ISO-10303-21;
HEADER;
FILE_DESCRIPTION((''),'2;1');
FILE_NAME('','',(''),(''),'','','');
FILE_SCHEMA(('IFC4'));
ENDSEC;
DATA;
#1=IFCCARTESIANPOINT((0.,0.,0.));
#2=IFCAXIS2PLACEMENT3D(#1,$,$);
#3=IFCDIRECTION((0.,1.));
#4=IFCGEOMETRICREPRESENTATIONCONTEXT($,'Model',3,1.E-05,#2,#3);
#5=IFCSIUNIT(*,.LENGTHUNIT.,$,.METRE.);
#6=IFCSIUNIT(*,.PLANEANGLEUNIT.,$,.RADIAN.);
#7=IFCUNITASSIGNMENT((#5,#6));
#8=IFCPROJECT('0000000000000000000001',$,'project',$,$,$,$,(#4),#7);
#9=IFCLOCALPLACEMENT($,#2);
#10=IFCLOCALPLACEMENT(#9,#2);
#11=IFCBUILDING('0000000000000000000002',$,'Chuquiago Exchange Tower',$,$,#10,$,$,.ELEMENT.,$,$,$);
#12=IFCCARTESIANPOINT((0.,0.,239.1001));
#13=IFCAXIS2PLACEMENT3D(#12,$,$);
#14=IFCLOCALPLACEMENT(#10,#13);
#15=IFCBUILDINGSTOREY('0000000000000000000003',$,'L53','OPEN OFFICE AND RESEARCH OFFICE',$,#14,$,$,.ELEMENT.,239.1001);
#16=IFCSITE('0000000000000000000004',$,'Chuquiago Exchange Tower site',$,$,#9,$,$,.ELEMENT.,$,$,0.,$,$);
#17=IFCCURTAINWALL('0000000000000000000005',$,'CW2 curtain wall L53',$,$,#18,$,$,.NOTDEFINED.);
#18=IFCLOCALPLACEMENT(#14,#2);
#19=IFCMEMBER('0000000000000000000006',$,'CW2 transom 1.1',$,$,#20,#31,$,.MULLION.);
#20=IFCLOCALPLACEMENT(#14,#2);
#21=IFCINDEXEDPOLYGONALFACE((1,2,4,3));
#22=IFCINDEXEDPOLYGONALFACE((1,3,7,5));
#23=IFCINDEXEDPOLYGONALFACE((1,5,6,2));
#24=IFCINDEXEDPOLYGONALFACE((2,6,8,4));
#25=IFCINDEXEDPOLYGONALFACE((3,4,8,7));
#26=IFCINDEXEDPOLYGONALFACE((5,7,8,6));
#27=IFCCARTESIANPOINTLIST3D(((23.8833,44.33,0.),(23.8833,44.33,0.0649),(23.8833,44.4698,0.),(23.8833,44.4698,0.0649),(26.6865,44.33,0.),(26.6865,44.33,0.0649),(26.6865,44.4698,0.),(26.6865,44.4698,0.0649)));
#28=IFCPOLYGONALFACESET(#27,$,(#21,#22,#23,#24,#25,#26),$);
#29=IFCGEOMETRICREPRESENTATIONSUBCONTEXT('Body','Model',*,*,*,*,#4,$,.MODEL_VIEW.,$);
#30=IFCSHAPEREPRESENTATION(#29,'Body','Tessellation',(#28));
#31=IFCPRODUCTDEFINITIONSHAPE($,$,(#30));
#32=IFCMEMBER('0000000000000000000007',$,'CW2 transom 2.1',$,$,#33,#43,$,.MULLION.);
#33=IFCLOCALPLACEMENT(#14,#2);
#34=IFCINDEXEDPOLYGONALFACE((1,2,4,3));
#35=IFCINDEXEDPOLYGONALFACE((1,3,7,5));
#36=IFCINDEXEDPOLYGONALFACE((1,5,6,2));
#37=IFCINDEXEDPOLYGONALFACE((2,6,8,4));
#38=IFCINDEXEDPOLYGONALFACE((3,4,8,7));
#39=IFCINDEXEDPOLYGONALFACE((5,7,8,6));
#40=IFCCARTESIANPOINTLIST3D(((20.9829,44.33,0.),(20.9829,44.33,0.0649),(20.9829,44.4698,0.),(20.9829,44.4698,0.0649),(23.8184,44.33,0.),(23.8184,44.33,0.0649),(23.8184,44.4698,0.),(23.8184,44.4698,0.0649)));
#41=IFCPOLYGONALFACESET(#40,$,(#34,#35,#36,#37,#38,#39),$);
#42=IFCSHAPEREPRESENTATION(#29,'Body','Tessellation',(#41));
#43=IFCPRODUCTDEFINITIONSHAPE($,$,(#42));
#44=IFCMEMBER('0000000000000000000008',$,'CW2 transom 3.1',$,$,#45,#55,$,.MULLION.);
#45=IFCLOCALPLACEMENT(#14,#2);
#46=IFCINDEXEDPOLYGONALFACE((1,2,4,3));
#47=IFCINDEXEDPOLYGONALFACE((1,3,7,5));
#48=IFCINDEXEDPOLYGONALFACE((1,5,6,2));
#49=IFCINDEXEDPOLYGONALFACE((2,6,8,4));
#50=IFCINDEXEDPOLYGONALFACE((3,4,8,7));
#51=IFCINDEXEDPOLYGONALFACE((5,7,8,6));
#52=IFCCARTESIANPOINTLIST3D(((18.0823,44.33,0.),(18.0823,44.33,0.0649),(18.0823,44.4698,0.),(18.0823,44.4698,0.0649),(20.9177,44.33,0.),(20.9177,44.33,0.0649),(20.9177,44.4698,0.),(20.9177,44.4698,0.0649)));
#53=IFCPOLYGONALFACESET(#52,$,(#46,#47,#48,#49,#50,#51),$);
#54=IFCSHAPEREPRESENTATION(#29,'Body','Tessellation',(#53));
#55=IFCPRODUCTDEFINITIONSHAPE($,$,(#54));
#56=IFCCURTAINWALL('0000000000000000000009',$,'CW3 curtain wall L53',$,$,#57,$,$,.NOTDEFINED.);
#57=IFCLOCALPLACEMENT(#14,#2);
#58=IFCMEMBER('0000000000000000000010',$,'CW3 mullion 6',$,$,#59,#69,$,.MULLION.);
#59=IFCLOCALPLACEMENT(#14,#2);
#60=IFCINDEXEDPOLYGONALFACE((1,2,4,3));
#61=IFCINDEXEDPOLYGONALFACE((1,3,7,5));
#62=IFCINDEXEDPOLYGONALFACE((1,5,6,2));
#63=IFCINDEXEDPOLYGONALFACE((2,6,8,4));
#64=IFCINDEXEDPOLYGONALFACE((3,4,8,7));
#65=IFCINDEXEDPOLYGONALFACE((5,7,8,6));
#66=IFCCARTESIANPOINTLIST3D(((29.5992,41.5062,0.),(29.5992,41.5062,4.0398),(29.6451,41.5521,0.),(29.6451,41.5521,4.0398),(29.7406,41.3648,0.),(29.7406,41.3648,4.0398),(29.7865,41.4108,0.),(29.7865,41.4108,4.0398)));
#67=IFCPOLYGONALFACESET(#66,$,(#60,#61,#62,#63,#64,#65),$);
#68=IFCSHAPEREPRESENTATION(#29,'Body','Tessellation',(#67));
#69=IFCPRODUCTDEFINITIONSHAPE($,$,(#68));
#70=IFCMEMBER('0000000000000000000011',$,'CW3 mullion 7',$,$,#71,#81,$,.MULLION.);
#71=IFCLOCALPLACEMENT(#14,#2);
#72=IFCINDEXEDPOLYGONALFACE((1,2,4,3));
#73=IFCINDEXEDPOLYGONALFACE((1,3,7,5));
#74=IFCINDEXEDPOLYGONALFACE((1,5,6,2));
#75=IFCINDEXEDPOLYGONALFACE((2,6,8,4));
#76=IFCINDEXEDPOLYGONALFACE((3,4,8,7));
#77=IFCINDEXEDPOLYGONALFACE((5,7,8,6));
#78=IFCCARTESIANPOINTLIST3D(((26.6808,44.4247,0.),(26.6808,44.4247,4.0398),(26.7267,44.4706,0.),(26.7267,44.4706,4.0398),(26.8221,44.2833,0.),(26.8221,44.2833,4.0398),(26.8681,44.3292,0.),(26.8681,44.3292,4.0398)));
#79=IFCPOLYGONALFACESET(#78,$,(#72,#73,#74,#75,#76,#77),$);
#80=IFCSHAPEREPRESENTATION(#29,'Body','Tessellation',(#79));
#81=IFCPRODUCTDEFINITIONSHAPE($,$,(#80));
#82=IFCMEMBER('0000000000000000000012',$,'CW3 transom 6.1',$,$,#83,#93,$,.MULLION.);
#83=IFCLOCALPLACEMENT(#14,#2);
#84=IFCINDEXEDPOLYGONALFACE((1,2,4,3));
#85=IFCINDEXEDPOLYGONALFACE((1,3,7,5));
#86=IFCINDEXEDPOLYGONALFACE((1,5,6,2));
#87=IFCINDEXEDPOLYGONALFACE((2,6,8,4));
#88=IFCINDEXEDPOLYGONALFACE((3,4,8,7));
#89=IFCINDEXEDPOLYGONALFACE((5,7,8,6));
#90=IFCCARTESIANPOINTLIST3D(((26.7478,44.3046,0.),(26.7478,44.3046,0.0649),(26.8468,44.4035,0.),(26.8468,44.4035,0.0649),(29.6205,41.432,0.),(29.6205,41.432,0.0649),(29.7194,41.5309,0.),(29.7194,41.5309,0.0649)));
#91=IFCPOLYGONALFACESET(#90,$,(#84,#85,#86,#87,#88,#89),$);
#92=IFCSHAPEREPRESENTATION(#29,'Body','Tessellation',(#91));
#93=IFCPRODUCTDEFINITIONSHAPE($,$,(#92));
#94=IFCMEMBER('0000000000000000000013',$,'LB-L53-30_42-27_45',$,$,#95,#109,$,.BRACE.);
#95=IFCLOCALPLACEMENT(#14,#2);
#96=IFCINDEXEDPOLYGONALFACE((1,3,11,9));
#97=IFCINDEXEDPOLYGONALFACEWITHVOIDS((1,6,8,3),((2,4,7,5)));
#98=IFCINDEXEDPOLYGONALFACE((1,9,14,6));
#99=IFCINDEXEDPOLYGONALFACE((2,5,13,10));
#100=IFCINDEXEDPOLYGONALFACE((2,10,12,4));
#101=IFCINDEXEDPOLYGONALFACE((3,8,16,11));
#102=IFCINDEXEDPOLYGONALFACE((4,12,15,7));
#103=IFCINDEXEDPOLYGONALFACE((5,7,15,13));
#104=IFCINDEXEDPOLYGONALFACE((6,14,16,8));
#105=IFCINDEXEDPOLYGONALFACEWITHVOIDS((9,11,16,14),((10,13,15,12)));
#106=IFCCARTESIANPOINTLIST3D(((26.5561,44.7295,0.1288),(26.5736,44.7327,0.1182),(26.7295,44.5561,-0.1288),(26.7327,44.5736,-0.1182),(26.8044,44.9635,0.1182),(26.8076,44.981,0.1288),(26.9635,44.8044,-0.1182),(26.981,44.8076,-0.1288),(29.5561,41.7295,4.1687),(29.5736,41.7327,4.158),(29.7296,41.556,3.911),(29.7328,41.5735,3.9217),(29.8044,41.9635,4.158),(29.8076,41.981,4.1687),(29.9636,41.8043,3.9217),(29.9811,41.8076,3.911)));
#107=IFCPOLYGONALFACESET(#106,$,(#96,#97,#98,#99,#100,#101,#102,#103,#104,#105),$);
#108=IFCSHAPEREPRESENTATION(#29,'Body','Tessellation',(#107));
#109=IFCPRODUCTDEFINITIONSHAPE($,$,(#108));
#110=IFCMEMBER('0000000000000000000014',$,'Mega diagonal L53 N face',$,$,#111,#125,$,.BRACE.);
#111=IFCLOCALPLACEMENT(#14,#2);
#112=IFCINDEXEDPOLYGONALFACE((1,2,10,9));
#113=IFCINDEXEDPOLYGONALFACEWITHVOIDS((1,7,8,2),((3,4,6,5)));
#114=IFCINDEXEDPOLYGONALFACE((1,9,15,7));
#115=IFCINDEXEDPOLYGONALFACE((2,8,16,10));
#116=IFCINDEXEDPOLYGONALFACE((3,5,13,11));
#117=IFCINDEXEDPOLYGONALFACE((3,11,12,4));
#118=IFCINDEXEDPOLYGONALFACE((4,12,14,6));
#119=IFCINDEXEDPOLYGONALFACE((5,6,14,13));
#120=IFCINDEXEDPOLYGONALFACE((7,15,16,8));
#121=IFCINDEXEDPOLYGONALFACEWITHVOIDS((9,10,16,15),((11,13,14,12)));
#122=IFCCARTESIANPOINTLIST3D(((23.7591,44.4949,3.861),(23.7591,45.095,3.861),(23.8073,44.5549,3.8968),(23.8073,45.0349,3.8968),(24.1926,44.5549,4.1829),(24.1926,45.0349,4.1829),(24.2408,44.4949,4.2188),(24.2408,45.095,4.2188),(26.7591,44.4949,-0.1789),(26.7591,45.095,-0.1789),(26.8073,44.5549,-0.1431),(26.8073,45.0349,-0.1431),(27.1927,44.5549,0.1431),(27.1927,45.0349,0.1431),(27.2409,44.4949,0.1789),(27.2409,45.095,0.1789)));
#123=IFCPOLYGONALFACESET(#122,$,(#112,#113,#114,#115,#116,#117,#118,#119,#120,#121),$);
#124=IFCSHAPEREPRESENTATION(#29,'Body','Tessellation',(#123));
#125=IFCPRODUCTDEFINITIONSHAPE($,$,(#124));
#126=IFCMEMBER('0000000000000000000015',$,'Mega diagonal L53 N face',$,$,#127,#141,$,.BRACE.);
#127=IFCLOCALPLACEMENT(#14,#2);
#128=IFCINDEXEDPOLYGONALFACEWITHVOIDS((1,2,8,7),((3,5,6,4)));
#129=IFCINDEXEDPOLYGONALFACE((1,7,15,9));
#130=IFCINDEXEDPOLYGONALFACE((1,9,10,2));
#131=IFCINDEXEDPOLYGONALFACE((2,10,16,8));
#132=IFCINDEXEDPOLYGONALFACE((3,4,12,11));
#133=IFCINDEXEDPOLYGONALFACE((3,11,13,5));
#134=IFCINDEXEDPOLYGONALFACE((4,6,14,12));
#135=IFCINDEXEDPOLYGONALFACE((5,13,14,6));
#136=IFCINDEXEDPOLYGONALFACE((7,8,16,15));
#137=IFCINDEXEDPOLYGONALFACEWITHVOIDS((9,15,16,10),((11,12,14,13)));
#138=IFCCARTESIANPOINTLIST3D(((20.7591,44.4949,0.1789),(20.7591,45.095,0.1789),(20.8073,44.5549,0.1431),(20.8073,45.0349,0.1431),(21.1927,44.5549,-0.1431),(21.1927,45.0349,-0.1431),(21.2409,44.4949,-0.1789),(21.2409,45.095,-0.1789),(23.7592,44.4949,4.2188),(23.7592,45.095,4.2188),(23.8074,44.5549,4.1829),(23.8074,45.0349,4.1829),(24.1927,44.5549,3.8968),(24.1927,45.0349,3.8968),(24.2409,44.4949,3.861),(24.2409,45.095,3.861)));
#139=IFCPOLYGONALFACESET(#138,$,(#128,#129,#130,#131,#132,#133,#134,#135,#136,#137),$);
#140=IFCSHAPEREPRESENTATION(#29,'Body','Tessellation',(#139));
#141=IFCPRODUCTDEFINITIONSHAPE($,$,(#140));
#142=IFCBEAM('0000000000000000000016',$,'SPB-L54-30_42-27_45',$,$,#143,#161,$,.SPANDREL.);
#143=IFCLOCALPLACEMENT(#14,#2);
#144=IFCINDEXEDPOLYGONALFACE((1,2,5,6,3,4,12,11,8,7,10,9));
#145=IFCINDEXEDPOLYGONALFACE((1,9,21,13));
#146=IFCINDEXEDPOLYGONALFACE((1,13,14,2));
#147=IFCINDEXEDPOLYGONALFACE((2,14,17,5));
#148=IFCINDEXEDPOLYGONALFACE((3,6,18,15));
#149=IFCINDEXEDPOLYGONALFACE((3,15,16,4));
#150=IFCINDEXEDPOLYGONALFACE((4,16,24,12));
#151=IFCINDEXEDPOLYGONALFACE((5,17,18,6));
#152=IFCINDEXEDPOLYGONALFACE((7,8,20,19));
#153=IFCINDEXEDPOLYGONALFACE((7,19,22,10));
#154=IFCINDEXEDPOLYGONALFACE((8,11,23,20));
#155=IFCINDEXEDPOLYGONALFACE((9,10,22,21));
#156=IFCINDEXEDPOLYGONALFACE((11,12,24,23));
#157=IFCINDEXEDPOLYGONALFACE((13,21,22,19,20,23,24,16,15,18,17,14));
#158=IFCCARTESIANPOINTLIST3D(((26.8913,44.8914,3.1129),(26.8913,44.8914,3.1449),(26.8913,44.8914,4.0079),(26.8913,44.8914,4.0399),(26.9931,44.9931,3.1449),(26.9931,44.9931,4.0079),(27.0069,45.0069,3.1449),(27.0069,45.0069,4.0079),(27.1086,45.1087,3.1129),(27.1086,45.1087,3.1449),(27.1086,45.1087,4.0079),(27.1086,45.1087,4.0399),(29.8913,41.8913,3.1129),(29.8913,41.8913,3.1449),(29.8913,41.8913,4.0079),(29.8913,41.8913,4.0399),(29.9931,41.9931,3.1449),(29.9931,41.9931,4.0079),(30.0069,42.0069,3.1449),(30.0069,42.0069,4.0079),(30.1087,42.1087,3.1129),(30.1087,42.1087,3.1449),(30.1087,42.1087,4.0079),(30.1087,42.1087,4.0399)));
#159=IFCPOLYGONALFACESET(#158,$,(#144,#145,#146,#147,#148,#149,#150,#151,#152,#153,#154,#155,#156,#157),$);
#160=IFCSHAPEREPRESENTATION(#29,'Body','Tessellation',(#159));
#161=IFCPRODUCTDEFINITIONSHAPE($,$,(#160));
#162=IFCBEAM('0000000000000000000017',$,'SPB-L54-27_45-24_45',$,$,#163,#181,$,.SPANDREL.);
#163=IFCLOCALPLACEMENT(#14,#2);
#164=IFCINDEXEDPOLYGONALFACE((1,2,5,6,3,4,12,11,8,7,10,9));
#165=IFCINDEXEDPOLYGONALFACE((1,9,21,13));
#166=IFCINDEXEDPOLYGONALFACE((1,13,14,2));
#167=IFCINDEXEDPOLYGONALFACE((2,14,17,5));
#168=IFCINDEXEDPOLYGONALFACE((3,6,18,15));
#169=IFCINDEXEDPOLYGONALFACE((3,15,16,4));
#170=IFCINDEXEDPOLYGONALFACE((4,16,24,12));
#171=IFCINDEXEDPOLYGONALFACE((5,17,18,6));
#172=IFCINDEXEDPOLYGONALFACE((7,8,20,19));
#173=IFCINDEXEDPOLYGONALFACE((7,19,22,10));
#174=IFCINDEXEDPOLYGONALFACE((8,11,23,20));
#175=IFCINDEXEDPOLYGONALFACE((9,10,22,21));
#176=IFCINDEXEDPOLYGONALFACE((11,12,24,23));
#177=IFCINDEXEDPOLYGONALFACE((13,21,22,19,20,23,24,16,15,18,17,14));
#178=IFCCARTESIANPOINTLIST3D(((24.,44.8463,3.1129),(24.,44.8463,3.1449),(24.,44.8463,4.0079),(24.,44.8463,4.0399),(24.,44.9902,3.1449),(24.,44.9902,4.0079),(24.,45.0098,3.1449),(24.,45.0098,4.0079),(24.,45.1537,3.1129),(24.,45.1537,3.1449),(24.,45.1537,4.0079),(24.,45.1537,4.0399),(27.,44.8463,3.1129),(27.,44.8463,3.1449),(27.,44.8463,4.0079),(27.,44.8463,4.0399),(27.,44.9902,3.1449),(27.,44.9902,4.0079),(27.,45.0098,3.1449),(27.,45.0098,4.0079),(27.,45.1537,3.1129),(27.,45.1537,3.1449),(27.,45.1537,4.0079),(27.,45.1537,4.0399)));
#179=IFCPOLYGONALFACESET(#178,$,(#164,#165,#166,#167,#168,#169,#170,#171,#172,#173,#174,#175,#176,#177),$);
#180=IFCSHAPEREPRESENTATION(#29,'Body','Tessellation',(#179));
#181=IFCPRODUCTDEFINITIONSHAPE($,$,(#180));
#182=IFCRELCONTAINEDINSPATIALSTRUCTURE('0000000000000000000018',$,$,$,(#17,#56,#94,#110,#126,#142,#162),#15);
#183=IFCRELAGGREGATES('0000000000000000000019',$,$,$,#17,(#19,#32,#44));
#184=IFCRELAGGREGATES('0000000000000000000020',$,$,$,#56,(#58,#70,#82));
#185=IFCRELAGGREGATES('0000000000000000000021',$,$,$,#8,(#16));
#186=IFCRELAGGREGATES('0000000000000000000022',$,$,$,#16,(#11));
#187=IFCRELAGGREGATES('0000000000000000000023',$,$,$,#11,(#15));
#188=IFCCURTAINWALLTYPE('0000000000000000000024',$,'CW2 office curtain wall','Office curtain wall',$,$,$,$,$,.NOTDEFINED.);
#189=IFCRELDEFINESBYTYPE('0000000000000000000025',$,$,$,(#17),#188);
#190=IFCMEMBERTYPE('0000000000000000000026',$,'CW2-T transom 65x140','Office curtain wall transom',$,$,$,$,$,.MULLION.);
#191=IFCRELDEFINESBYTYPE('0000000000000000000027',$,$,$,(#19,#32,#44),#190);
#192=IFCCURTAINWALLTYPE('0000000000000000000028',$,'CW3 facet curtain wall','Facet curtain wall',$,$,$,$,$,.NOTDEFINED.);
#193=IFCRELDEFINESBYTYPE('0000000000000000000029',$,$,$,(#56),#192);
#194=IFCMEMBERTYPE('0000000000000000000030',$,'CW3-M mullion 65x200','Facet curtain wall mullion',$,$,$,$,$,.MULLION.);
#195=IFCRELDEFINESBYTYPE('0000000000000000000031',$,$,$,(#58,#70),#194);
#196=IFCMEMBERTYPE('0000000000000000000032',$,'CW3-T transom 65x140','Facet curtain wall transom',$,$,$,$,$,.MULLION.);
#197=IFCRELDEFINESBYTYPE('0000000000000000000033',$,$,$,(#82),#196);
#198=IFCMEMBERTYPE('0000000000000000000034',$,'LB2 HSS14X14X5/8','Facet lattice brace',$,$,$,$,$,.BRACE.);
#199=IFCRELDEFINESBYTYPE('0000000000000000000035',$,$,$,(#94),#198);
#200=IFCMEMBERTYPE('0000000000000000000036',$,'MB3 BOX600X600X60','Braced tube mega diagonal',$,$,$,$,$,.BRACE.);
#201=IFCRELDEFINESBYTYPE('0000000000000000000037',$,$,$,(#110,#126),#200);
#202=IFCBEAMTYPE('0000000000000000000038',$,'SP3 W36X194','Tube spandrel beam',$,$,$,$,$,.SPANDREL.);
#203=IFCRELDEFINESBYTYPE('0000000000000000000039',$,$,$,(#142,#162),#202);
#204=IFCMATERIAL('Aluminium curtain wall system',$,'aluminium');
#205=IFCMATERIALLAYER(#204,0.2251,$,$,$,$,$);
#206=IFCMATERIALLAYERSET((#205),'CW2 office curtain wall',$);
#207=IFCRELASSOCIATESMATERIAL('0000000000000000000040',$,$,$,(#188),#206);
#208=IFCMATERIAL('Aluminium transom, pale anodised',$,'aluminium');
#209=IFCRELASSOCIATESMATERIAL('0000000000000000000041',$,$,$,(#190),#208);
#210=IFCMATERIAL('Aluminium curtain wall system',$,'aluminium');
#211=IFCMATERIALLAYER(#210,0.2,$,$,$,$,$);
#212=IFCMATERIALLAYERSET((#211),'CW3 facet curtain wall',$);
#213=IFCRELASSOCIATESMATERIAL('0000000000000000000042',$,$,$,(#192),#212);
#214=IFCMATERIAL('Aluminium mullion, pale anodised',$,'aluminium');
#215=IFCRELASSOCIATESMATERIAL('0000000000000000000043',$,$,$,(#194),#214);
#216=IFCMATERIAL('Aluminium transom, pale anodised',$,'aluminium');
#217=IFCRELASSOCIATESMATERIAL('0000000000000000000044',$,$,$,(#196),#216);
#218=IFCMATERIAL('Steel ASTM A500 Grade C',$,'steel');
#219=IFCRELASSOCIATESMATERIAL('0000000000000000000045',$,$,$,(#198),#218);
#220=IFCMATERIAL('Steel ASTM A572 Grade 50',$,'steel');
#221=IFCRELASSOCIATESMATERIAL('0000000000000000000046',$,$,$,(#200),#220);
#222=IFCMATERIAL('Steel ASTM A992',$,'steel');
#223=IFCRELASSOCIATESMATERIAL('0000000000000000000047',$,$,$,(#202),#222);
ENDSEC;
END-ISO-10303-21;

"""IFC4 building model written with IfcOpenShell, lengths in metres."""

from ifc_helpers import new_model, si_unit, direction, frame, origin, origin_2d, place, context, subcontext, project, spatial, rectangle, hollow_rectangle, i_section, extrude, material, layer, layer_set, material_profile, profile_set, type_object, element, aggregate, save


model = new_model("IFC4")

# Units and contexts
model_context = context("Model", 3, precision=1e-05, world=origin(), true_north=direction((0.0, 1.0)))
body_context = subcontext(model_context, "Body", "Model", "MODEL_VIEW")
ifc_project = project(units=[si_unit("LENGTHUNIT", "METRE"), si_unit("PLANEANGLEUNIT", "RADIAN")], contexts=[model_context])

# Site, building, storey
site_placement = place(None, origin())
site = spatial("IfcSite", under=ifc_project, at=site_placement, Name="Chuquiago Exchange Tower site", CompositionType="ELEMENT", RefElevation=0.0)
building_placement = place(site_placement, origin())
building = spatial("IfcBuilding", under=site, at=building_placement, Name="Chuquiago Exchange Tower", CompositionType="ELEMENT")
storey_placement = place(building_placement, frame((0.0, 0.0, 239.1001)))
storey = spatial("IfcBuildingStorey", under=building, at=storey_placement, Name="L53", Description="OPEN OFFICE AND RESEARCH OFFICE", CompositionType="ELEMENT", Elevation=239.1001)

# Curtain walls, members
ifc_material_1 = material(Name="Aluminium curtain wall system", Category="aluminium")
ifc_layer_1 = layer(ifc_material_1, 0.2251)
ifc_layer_set_1 = layer_set([ifc_layer_1], Name="CW2 office curtain wall")
curtain_wall_type_1 = type_object("IfcCurtainWallType", Name="CW2 office curtain wall", Description="Office curtain wall", PredefinedType="NOTDEFINED", material=ifc_layer_set_1)
curtain_wall_1_placement = place(storey_placement, origin())
curtain_wall_1 = element("IfcCurtainWall", 1, at=curtain_wall_1_placement, inside=storey, type_object=curtain_wall_type_1, Name="CW2 curtain wall L53", PredefinedType="NOTDEFINED")
ifc_material_2 = material(Name="Aluminium transom, pale anodised", Category="aluminium")
ifc_material_profile_1 = material_profile(ifc_material_2, rectangle(XDim=0.1399, YDim=0.0649, at=origin_2d()), Name="AL 140x65")
ifc_profile_set_1 = profile_set([ifc_material_profile_1], Name="Aluminium transom, pale anodised")
member_type_1 = type_object("IfcMemberType", Name="CW2-T transom 65x140", Description="Office curtain wall transom", PredefinedType="MULLION", material=ifc_profile_set_1)
member_1_placement = place(storey_placement, frame((26.6865, 44.3999, 0.0325), z_axis=(-1.0, 0.0, 0.0), x_axis=(0.0, -1.0, 0.0)))
member_1 = element("IfcMember", 2, at=member_1_placement, type_object=member_type_1, Name="CW2 transom 1.1", PredefinedType="MULLION", context=body_context, shape_type="SweptSolid", body=[
    extrude(rectangle(XDim=0.1399, YDim=0.0649, at=origin_2d()), origin(), (0.0, 0.0, 1.0), 2.8032),
])
member_2_placement = place(storey_placement, frame((23.8184, 44.3999, 0.0325), z_axis=(-1.0, 0.0, 0.0), x_axis=(0.0, -1.0, 0.0)))
member_2 = element("IfcMember", 3, at=member_2_placement, type_object=member_type_1, Name="CW2 transom 2.1", PredefinedType="MULLION", context=body_context, shape_type="SweptSolid", body=[
    extrude(rectangle(XDim=0.1399, YDim=0.0649, at=origin_2d()), origin(), (0.0, 0.0, 1.0), 2.8354),
])
member_3_placement = place(storey_placement, frame((20.9177, 44.3999, 0.0325), z_axis=(-1.0, 0.0, 0.0), x_axis=(0.0, -1.0, 0.0)))
member_3 = element("IfcMember", 4, at=member_3_placement, type_object=member_type_1, Name="CW2 transom 3.1", PredefinedType="MULLION", context=body_context, shape_type="SweptSolid", body=[
    extrude(rectangle(XDim=0.1399, YDim=0.0649, at=origin_2d()), origin(), (0.0, 0.0, 1.0), 2.8354),
])
ifc_material_3 = material(Name="Aluminium curtain wall system", Category="aluminium")
ifc_layer_2 = layer(ifc_material_3, 0.2)
ifc_layer_set_2 = layer_set([ifc_layer_2], Name="CW3 facet curtain wall")
curtain_wall_type_2 = type_object("IfcCurtainWallType", Name="CW3 facet curtain wall", Description="Facet curtain wall", PredefinedType="NOTDEFINED", material=ifc_layer_set_2)
curtain_wall_2_placement = place(storey_placement, origin())
curtain_wall_2 = element("IfcCurtainWall", 5, at=curtain_wall_2_placement, inside=storey, type_object=curtain_wall_type_2, Name="CW3 curtain wall L53", PredefinedType="NOTDEFINED")
ifc_material_4 = material(Name="Aluminium mullion, pale anodised", Category="aluminium")
ifc_material_profile_2 = material_profile(ifc_material_4, rectangle(XDim=0.0649, YDim=0.2, at=origin_2d()), Name="AL 65x200")
ifc_profile_set_2 = profile_set([ifc_material_profile_2], Name="Aluminium mullion, pale anodised")
member_type_2 = type_object("IfcMemberType", Name="CW3-M mullion 65x200", Description="Facet curtain wall mullion", PredefinedType="MULLION", material=ifc_profile_set_2)
member_4_placement = place(storey_placement, frame((29.6929, 41.4585, 0.0), z_axis=(0.0, 0.0, 1.0), x_axis=(-0.707107, -0.707107, 0.0)))
member_4 = element("IfcMember", 6, at=member_4_placement, type_object=member_type_2, Name="CW3 mullion 6", PredefinedType="MULLION", context=body_context, shape_type="SweptSolid", body=[
    extrude(rectangle(XDim=0.0649, YDim=0.2, at=origin_2d()), origin(), (0.0, 0.0, 1.0), 4.0398),
])
member_5_placement = place(storey_placement, frame((26.7744, 44.377, 0.0), z_axis=(0.0, 0.0, 1.0), x_axis=(-0.707107, -0.707107, 0.0)))
member_5 = element("IfcMember", 7, at=member_5_placement, type_object=member_type_2, Name="CW3 mullion 7", PredefinedType="MULLION", context=body_context, shape_type="SweptSolid", body=[
    extrude(rectangle(XDim=0.0649, YDim=0.2, at=origin_2d()), origin(), (0.0, 0.0, 1.0), 4.0398),
])
ifc_material_5 = material(Name="Aluminium transom, pale anodised", Category="aluminium")
ifc_material_profile_3 = material_profile(ifc_material_5, rectangle(XDim=0.1399, YDim=0.0649, at=origin_2d()), Name="AL 140x65")
ifc_profile_set_3 = profile_set([ifc_material_profile_3], Name="Aluminium transom, pale anodised")
member_type_3 = type_object("IfcMemberType", Name="CW3-T transom 65x140", Description="Facet curtain wall transom", PredefinedType="MULLION", material=ifc_profile_set_3)
member_6_placement = place(storey_placement, frame((29.6699, 41.4814, 0.0325), z_axis=(-0.707107, 0.707107, 0.0), x_axis=(-0.707107, -0.707107, 0.0)))
member_6 = element("IfcMember", 8, at=member_6_placement, type_object=member_type_3, Name="CW3 transom 6.1", PredefinedType="MULLION", context=body_context, shape_type="SweptSolid", body=[
    extrude(rectangle(XDim=0.1399, YDim=0.0649, at=origin_2d()), origin(), (0.0, 0.0, 1.0), 4.0625),
])

# Members
ifc_material_6 = material(Name="Steel ASTM A500 Grade C", Category="steel")
ifc_material_profile_4 = material_profile(ifc_material_6, hollow_rectangle(XDim=0.3557, YDim=0.3557, WallThickness=0.0146, at=origin_2d()), Name="HSS14X14X5/8")
ifc_profile_set_4 = profile_set([ifc_material_profile_4], Name="Steel ASTM A500 Grade C")
member_type_4 = type_object("IfcMemberType", Name="LB2 HSS14X14X5/8", Description="Facet lattice brace", PredefinedType="BRACE", material=ifc_profile_set_4)
member_7_placement = place(storey_placement, frame((26.7686, 44.7686, 0.0), z_axis=(0.512092, -0.512092, 0.689582), x_axis=(0.707107, 0.707107, 0.0)))
element("IfcMember", 9, at=member_7_placement, inside=storey, type_object=member_type_4, Name="LB-L53-30_42-27_45", PredefinedType="BRACE", context=body_context, shape_type="SweptSolid", body=[
    extrude(hollow_rectangle(XDim=0.3557, YDim=0.3557, WallThickness=0.0146, at=origin_2d()), origin(), (0.0, 0.0, 1.0), 5.8584),
])
ifc_material_7 = material(Name="Steel ASTM A572 Grade 50", Category="steel")
ifc_material_profile_5 = material_profile(ifc_material_7, hollow_rectangle(XDim=0.6001, YDim=0.6001, WallThickness=0.0601, at=origin_2d()), Name="BOX600X600X60")
ifc_profile_set_5 = profile_set([ifc_material_profile_5], Name="Steel ASTM A572 Grade 50")
member_type_5 = type_object("IfcMemberType", Name="MB3 BOX600X600X60", Description="Braced tube mega diagonal", PredefinedType="BRACE", material=ifc_profile_set_5)
for number, where, z_axis, x_axis, name in (
    (10, (27.0, 44.7949, 0.0), (-0.596197, 0.0, 0.802838), (0.0, -1.0, 0.0), "Mega diagonal L53 N face"),
    (11, (21.0, 44.7949, 0.0), (0.596197, 0.0, 0.802838), (0.0, 1.0, 0.0), "Mega diagonal L53 N face"),
):
    element("IfcMember", number, at=place(storey_placement, frame(where, z_axis=z_axis, x_axis=x_axis)), inside=storey, type_object=member_type_5, Name=name, PredefinedType="BRACE", context=body_context, shape_type="SweptSolid", body=[
        extrude(hollow_rectangle(XDim=0.6001, YDim=0.6001, WallThickness=0.0601, at=origin_2d()), origin(), (0.0, 0.0, 1.0), 5.032),
    ])

# Beams
ifc_material_8 = material(Name="Steel ASTM A992", Category="steel")
ifc_material_profile_6 = material_profile(ifc_material_8, i_section(OverallWidth=0.3074, OverallDepth=0.927, WebThickness=0.0195, FlangeThickness=0.032, at=origin_2d()), Name="W36X194")
ifc_profile_set_6 = profile_set([ifc_material_profile_6], Name="Steel ASTM A992")
beam_type_1 = type_object("IfcBeamType", Name="SP3 W36X194", Description="Tube spandrel beam", PredefinedType="SPANDREL", material=ifc_profile_set_6)
beam_1_placement = place(storey_placement, frame((30.0, 42.0, 3.5764), z_axis=(-0.707107, 0.707107, 0.0), x_axis=(-0.707107, -0.707107, 0.0)))
element("IfcBeam", 12, at=beam_1_placement, inside=storey, type_object=beam_type_1, Name="SPB-L54-30_42-27_45", PredefinedType="SPANDREL", context=body_context, shape_type="SweptSolid", body=[
    extrude(i_section(OverallWidth=0.3074, OverallDepth=0.927, WebThickness=0.0195, FlangeThickness=0.032, at=origin_2d()), origin(), (0.0, 0.0, 1.0), 4.2427),
])
for number, where, z_axis, x_axis, name in (
    (13, (27.0, 45.0, 3.5764), (-1.0, 0.0, 0.0), (0.0, -1.0, 0.0), "SPB-L54-27_45-24_45"),
):
    element("IfcBeam", number, at=place(storey_placement, frame(where, z_axis=z_axis, x_axis=x_axis)), inside=storey, type_object=beam_type_1, Name=name, PredefinedType="SPANDREL", context=body_context, shape_type="SweptSolid", body=[
        extrude(i_section(OverallWidth=0.3074, OverallDepth=0.927, WebThickness=0.0195, FlangeThickness=0.032, at=origin_2d()), origin(), (0.0, 0.0, 1.0), 3.0),
    ])

aggregate(curtain_wall_1, [member_1, member_2, member_3])
aggregate(curtain_wall_2, [member_4, member_5, member_6])

save(model, "model.ifc")
